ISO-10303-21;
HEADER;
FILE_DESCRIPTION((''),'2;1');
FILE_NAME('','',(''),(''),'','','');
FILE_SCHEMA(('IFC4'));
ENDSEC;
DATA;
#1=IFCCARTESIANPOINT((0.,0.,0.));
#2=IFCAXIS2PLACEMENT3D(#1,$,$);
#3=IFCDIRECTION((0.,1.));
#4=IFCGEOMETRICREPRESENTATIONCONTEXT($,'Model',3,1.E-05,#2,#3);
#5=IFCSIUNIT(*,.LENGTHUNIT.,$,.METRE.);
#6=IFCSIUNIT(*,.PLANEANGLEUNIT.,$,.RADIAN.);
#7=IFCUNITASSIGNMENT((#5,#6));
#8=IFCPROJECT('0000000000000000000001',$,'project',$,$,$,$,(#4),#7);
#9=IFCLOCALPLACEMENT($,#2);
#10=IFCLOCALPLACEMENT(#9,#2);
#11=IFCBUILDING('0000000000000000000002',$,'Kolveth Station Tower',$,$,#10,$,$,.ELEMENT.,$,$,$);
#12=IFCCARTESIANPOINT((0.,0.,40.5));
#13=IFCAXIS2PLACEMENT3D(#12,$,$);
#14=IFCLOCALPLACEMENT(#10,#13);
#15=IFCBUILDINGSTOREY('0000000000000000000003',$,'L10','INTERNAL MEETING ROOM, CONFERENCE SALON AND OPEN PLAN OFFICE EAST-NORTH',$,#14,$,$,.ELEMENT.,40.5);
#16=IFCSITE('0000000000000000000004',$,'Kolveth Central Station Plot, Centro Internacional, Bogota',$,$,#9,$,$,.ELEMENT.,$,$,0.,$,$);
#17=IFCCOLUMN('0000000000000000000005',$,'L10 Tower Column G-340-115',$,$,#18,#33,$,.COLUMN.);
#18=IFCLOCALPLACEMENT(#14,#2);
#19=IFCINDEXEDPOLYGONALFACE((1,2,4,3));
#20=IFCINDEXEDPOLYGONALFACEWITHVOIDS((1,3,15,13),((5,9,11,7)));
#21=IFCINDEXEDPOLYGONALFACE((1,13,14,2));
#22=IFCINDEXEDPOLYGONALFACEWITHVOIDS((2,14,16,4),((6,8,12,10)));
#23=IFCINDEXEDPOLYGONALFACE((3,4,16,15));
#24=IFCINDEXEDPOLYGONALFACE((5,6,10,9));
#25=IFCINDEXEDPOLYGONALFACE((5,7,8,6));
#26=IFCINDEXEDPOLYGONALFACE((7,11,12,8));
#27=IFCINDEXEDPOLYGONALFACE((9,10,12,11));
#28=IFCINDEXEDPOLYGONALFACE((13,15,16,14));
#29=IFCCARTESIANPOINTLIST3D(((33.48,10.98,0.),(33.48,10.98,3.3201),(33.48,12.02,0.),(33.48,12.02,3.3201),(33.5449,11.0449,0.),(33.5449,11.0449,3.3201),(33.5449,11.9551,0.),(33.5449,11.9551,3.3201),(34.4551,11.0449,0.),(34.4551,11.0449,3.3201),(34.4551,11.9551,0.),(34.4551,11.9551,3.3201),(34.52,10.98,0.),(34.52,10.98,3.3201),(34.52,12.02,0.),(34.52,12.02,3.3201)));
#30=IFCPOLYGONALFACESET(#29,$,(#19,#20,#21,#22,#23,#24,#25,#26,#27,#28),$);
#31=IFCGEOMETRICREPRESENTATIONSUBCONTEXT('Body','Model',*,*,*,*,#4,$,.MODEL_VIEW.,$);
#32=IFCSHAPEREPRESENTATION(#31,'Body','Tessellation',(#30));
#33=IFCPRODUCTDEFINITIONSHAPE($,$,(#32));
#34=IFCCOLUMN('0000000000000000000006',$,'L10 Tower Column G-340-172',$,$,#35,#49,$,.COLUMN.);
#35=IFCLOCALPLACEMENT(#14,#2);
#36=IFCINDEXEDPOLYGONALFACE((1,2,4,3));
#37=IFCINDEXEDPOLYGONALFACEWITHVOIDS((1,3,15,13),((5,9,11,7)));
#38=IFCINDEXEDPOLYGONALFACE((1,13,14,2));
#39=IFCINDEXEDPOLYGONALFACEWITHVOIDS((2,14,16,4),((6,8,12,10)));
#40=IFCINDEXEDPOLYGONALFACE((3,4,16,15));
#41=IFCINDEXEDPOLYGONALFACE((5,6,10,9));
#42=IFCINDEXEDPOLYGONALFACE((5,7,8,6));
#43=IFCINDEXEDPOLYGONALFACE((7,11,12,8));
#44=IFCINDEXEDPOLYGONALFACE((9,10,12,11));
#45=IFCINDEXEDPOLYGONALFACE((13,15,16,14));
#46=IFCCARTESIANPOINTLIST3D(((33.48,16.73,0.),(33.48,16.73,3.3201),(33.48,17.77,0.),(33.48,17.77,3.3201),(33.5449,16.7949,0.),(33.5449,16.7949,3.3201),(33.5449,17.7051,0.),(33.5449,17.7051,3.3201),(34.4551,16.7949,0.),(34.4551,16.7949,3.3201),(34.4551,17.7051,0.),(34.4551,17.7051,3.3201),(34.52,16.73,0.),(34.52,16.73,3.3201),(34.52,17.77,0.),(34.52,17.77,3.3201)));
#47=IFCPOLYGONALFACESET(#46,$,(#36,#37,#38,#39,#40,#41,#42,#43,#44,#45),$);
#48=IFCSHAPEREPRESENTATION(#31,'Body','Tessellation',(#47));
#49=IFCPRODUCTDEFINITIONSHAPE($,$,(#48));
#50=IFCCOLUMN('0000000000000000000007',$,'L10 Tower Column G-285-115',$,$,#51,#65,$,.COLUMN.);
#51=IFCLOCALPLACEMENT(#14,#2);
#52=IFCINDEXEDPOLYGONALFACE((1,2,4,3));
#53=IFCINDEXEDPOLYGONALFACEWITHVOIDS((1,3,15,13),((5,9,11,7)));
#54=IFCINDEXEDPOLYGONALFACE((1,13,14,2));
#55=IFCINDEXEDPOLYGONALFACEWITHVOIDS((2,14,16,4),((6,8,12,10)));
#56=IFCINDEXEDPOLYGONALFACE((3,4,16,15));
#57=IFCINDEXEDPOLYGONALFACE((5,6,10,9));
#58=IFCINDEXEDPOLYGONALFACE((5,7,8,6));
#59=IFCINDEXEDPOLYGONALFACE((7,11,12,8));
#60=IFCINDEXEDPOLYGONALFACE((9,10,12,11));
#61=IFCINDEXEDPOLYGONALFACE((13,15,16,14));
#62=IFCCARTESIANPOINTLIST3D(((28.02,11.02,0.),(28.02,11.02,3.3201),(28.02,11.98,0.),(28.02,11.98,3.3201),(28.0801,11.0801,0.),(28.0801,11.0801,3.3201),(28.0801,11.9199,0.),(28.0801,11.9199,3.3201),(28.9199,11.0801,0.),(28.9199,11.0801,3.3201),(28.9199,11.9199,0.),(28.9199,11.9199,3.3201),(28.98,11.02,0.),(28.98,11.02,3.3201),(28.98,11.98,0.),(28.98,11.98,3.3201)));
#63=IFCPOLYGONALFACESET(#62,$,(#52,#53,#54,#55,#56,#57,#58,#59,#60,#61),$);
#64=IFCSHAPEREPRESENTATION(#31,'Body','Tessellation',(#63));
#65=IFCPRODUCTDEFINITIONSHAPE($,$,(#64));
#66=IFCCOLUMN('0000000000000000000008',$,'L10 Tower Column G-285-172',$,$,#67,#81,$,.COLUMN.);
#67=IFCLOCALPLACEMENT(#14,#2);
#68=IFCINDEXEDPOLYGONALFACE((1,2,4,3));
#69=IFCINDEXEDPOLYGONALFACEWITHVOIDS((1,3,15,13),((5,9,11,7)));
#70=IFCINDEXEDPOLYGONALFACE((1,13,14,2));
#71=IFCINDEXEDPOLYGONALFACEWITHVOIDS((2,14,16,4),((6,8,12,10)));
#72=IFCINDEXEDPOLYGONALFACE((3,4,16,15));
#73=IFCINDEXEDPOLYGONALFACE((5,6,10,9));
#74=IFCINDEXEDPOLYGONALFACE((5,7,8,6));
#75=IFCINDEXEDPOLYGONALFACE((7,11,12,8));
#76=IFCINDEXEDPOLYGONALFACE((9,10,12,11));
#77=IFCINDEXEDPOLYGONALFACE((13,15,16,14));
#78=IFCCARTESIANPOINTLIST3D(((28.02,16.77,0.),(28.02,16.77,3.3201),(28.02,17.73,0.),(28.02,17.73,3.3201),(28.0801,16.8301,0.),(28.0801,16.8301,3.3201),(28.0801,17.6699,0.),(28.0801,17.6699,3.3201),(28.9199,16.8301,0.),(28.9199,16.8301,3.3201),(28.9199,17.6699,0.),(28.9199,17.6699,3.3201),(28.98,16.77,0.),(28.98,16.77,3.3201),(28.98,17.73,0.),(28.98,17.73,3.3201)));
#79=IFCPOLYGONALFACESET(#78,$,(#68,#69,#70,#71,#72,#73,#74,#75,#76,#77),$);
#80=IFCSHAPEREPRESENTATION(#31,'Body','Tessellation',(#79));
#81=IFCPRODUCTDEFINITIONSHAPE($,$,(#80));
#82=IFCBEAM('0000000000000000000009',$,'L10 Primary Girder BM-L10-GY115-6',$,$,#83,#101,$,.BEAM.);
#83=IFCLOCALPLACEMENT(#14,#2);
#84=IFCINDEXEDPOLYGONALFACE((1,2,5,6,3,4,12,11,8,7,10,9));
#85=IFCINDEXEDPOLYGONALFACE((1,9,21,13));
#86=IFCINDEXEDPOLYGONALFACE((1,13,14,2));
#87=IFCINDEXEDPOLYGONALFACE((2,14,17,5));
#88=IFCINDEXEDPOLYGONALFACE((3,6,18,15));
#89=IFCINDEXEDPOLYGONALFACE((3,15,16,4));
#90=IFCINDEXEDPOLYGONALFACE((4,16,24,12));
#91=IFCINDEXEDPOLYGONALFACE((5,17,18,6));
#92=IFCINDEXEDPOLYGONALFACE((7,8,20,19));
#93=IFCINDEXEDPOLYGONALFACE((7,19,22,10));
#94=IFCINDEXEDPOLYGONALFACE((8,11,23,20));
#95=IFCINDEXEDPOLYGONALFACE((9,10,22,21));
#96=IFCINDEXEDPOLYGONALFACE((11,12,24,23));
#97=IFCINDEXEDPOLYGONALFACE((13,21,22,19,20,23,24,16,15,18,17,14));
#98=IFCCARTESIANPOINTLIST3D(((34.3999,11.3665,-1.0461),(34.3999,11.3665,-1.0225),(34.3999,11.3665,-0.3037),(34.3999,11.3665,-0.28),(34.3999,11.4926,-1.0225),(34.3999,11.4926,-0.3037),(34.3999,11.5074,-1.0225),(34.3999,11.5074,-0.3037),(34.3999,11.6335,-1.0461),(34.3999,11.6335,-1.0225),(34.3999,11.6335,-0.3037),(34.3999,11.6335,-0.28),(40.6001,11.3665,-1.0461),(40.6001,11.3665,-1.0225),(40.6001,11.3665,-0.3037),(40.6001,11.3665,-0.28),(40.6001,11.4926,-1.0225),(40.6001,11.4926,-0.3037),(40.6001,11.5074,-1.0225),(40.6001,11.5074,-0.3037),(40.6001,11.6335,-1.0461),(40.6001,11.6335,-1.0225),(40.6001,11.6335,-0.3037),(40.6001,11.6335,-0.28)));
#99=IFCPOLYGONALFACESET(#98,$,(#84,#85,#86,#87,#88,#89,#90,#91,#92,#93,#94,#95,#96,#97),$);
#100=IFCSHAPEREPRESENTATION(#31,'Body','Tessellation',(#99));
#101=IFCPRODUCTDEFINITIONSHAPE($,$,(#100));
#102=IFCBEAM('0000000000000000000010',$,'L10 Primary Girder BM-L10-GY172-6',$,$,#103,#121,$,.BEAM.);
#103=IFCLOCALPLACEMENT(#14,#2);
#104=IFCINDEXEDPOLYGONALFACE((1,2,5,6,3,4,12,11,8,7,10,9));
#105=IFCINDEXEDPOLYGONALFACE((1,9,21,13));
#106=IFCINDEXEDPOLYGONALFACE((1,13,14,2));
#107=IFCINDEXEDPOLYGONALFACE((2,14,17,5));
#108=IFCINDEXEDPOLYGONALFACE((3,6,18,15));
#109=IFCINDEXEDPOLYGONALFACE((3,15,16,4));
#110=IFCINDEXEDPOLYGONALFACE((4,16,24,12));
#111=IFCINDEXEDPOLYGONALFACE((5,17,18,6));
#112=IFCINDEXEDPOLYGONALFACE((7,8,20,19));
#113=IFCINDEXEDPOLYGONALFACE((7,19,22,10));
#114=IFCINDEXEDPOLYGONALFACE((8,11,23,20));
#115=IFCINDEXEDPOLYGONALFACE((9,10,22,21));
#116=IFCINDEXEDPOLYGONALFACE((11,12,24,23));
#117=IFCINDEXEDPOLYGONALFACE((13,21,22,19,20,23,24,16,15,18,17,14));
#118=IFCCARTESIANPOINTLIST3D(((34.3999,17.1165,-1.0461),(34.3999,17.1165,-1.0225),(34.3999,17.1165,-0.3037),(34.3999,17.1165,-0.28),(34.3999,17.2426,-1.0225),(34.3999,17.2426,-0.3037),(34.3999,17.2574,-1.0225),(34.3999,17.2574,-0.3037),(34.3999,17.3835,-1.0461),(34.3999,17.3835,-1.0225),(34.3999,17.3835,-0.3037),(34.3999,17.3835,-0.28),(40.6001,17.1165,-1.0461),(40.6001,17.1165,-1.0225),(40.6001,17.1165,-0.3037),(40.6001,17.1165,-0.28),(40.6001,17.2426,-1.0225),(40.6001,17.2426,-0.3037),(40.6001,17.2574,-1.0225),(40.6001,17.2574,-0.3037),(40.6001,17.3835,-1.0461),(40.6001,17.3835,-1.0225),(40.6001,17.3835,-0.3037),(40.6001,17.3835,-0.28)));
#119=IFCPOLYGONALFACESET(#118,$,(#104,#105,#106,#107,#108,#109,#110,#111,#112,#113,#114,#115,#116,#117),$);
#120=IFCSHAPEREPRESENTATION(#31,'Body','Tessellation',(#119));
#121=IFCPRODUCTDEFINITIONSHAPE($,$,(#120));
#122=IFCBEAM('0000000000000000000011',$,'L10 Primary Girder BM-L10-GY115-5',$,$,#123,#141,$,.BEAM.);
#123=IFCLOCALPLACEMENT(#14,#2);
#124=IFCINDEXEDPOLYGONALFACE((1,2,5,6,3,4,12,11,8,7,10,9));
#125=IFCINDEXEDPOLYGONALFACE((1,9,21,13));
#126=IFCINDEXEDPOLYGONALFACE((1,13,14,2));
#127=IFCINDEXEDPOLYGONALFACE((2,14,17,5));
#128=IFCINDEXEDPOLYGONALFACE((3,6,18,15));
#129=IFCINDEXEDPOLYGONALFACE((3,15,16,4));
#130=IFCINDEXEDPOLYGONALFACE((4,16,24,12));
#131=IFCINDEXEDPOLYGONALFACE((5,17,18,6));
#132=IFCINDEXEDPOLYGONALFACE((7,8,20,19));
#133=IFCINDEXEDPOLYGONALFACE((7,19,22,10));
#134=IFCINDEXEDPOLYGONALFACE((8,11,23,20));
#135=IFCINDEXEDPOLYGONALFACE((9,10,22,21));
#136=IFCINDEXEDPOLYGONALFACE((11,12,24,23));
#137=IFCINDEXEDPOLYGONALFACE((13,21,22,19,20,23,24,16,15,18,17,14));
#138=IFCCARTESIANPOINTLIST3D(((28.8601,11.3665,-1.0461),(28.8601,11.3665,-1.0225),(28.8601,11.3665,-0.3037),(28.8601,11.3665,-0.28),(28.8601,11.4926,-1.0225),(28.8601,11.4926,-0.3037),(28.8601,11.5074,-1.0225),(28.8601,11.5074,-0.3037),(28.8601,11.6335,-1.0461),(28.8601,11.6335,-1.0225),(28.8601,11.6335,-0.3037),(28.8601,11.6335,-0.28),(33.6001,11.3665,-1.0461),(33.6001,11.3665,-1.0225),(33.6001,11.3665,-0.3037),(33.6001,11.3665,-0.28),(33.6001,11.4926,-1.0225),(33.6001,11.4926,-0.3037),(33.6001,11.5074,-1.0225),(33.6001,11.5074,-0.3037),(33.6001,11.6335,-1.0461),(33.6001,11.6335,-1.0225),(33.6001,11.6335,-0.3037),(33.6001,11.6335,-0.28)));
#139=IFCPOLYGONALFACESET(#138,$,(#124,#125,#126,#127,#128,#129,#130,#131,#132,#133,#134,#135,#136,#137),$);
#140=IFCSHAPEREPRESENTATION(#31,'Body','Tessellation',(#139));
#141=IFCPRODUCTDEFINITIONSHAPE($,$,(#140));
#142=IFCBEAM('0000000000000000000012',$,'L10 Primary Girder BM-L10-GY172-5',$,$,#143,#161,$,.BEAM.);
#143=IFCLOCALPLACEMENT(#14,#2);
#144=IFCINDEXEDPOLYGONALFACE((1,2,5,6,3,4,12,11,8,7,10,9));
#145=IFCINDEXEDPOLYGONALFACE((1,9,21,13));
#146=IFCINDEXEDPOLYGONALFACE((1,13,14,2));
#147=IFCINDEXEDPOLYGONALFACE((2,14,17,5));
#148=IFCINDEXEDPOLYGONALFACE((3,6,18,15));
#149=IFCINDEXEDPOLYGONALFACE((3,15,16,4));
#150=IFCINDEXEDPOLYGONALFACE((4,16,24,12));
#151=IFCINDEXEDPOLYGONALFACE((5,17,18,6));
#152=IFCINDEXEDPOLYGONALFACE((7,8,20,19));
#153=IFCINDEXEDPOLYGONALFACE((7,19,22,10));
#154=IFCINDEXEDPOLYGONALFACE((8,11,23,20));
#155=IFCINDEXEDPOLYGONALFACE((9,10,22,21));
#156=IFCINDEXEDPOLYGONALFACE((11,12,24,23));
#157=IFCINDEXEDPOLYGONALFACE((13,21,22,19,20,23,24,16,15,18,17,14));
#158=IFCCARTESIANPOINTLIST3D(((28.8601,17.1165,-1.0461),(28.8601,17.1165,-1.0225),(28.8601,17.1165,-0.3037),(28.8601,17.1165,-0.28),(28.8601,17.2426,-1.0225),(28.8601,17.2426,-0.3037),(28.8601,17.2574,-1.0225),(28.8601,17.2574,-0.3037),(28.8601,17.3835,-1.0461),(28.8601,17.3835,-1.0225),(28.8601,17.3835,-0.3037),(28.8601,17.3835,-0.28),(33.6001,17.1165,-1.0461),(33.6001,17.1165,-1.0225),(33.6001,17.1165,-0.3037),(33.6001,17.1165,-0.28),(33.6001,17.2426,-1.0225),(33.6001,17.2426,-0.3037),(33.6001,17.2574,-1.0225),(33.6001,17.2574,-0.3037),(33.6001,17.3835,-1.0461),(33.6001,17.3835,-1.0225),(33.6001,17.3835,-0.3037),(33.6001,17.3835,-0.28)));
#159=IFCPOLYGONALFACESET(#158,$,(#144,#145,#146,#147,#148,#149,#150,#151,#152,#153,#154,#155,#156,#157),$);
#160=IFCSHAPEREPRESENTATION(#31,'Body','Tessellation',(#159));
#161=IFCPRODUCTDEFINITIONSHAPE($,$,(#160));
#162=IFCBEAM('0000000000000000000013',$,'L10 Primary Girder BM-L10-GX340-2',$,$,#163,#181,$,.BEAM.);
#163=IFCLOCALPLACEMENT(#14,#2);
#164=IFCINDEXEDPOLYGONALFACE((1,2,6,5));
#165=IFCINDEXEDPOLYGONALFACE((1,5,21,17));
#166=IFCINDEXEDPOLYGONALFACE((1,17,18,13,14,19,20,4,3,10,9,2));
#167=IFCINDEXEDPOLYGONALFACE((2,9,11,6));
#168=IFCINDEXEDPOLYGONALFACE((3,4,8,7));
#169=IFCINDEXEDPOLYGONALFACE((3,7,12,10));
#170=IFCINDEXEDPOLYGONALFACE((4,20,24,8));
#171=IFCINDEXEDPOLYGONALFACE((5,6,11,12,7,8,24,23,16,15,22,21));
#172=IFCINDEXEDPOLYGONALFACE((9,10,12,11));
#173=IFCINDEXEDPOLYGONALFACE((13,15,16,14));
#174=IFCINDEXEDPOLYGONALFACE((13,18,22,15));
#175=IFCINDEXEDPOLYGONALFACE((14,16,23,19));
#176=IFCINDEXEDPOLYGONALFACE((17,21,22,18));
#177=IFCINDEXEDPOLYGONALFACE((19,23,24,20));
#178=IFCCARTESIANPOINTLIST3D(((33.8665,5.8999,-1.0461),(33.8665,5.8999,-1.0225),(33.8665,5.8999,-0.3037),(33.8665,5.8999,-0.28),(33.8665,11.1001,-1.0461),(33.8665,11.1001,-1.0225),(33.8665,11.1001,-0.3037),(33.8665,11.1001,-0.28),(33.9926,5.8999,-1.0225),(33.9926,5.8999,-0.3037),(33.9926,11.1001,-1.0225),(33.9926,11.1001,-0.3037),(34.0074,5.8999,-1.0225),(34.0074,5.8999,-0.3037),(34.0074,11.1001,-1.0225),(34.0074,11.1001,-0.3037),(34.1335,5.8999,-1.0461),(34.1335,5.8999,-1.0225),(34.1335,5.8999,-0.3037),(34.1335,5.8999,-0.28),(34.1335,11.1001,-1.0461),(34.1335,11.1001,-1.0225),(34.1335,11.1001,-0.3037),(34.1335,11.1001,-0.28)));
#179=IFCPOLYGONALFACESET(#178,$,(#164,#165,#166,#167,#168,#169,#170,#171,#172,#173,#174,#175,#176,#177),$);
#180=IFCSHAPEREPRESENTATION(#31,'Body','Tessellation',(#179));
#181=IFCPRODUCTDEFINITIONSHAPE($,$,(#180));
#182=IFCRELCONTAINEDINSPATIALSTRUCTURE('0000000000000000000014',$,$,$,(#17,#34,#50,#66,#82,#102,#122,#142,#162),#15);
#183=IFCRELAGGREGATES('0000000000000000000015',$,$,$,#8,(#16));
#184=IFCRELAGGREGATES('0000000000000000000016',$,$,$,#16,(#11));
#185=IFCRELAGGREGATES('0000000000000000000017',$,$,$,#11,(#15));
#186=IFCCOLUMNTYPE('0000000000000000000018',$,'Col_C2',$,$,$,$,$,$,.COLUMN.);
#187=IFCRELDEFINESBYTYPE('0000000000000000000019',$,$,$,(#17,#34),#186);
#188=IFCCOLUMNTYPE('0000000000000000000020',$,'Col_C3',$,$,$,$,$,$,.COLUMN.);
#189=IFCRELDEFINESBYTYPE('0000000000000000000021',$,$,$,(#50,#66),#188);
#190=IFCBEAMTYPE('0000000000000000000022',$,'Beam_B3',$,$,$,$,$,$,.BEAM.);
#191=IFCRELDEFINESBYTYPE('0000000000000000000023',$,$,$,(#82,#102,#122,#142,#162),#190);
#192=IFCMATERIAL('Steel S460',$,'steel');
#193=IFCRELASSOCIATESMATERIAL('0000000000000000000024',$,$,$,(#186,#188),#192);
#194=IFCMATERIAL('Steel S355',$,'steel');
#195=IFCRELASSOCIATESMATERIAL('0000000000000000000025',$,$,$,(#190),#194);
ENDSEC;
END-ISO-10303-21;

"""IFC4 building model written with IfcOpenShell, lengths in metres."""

from ifc_helpers import new_model, si_unit, direction, frame, origin, origin_2d, place, context, subcontext, project, spatial, hollow_rectangle, i_section, extrude, source, transform, mapped, material, material_profile, profile_set, type_object, element, save


model = new_model("IFC4")

# Units and contexts
model_context = context("Model", 3, precision=1e-05, world=origin(), true_north=direction((0.0, 1.0)))
body_context = subcontext(model_context, "Body", "Model", "MODEL_VIEW")
ifc_project = project(units=[si_unit("LENGTHUNIT", "METRE"), si_unit("PLANEANGLEUNIT", "RADIAN")], contexts=[model_context])

# Site, building, storey
site_placement = place(None, origin())
site = spatial("IfcSite", under=ifc_project, at=site_placement, Name="Kolveth Central Station Plot, Centro Internacional, Bogota", CompositionType="ELEMENT", RefElevation=0.0)
building_placement = place(site_placement, origin())
building = spatial("IfcBuilding", under=site, at=building_placement, Name="Kolveth Station Tower", CompositionType="ELEMENT")
storey_placement = place(building_placement, frame((0.0, 0.0, 40.5)))
storey = spatial("IfcBuildingStorey", under=building, at=storey_placement, Name="L10", Description="INTERNAL MEETING ROOM, CONFERENCE SALON AND OPEN PLAN OFFICE EAST-NORTH", CompositionType="ELEMENT", Elevation=40.5)

# Columns
ifc_material_1 = material(Name="Steel S460", Category="steel")
ifc_material_profile_1 = material_profile(ifc_material_1, hollow_rectangle(XDim=1.04, YDim=1.04, WallThickness=0.0649, at=origin_2d()), Name="BOX1040x1040x65")
ifc_profile_set_1 = profile_set([ifc_material_profile_1], Name="Steel S460")
column_type_1 = type_object("IfcColumnType", Name="Col_C2", PredefinedType="COLUMN", material=ifc_profile_set_1)
shared_shape_1 = source(origin(), body_context, "Body", "SweptSolid", [
    extrude(hollow_rectangle(XDim=1.04, YDim=1.04, WallThickness=0.0649, at=origin_2d()), origin(), (0.0, 0.0, 1.0), 3.3201),
])
for number, where, z_axis, x_axis, name in (
    (1, (34.0, 11.5, 0.0), (0.0, 0.0, 1.0), (1.0, 0.0, 0.0), "L10 Tower Column G-340-115"),
    (2, (34.0, 17.25, 0.0), (0.0, 0.0, 1.0), (1.0, 0.0, 0.0), "L10 Tower Column G-340-172"),
):
    element("IfcColumn", number, at=place(storey_placement, frame(where, z_axis=z_axis, x_axis=x_axis)), inside=storey, type_object=column_type_1, Name=name, PredefinedType="COLUMN", context=body_context, shape_type="MappedRepresentation", body=[
        mapped(shared_shape_1, transform((0.0, 0.0, 0.0), x_axis=(1.0, 0.0, 0.0), y_axis=(0.0, 1.0, 0.0), z_axis=(0.0, 0.0, 1.0), scale=1.0)),
    ])
ifc_material_profile_2 = material_profile(ifc_material_1, hollow_rectangle(XDim=0.96, YDim=0.96, WallThickness=0.0601, at=origin_2d()), Name="BOX960x960x60")
ifc_profile_set_2 = profile_set([ifc_material_profile_2], Name="Steel S460")
column_type_2 = type_object("IfcColumnType", Name="Col_C3", PredefinedType="COLUMN", material=ifc_profile_set_2)
shared_shape_2 = source(origin(), body_context, "Body", "SweptSolid", [
    extrude(hollow_rectangle(XDim=0.96, YDim=0.96, WallThickness=0.0601, at=origin_2d()), origin(), (0.0, 0.0, 1.0), 3.3201),
])
for number, where, z_axis, x_axis, name in (
    (3, (28.5, 11.5, 0.0), (0.0, 0.0, 1.0), (1.0, 0.0, 0.0), "L10 Tower Column G-285-115"),
    (4, (28.5, 17.25, 0.0), (0.0, 0.0, 1.0), (1.0, 0.0, 0.0), "L10 Tower Column G-285-172"),
):
    element("IfcColumn", number, at=place(storey_placement, frame(where, z_axis=z_axis, x_axis=x_axis)), inside=storey, type_object=column_type_2, Name=name, PredefinedType="COLUMN", context=body_context, shape_type="MappedRepresentation", body=[
        mapped(shared_shape_2, transform((0.0, 0.0, 0.0), x_axis=(1.0, 0.0, 0.0), y_axis=(0.0, 1.0, 0.0), z_axis=(0.0, 0.0, 1.0), scale=1.0)),
    ])

# Beams
ifc_material_2 = material(Name="Steel S355", Category="steel")
ifc_material_profile_3 = material_profile(ifc_material_2, i_section(OverallWidth=0.2671, OverallDepth=0.7661, WebThickness=0.0149, FlangeThickness=0.0237, at=origin_2d()), Name="W760x185")
ifc_profile_set_3 = profile_set([ifc_material_profile_3], Name="Steel S355")
beam_type_1 = type_object("IfcBeamType", Name="Beam_B3", PredefinedType="BEAM", material=ifc_profile_set_3)
shared_shape_3 = source(origin(), body_context, "Body", "SweptSolid", [
    extrude(i_section(OverallWidth=0.2671, OverallDepth=0.7661, WebThickness=0.0149, FlangeThickness=0.0237, at=origin_2d()), origin(), (0.0, 0.0, 1.0), 6.2002),
])
for number, where, z_axis, x_axis, name in (
    (5, (34.3999, 11.5, -0.6631), (1.0, 0.0, 0.0), (0.0, 1.0, 0.0), "L10 Primary Girder BM-L10-GY115-6"),
    (6, (34.3999, 17.25, -0.6631), (1.0, 0.0, 0.0), (0.0, 1.0, 0.0), "L10 Primary Girder BM-L10-GY172-6"),
):
    element("IfcBeam", number, at=place(storey_placement, frame(where, z_axis=z_axis, x_axis=x_axis)), inside=storey, type_object=beam_type_1, Name=name, PredefinedType="BEAM", context=body_context, shape_type="MappedRepresentation", body=[
        mapped(shared_shape_3, transform((0.0, 0.0, 0.0), x_axis=(1.0, 0.0, 0.0), y_axis=(0.0, 1.0, 0.0), z_axis=(0.0, 0.0, 1.0), scale=1.0)),
    ])
shared_shape_4 = source(origin(), body_context, "Body", "SweptSolid", [
    extrude(i_section(OverallWidth=0.2671, OverallDepth=0.7661, WebThickness=0.0149, FlangeThickness=0.0237, at=origin_2d()), origin(), (0.0, 0.0, 1.0), 4.74),
])
for number, where, z_axis, x_axis, name in (
    (7, (28.8601, 11.5, -0.6631), (1.0, 0.0, 0.0), (0.0, 1.0, 0.0), "L10 Primary Girder BM-L10-GY115-5"),
    (8, (28.8601, 17.25, -0.6631), (1.0, 0.0, 0.0), (0.0, 1.0, 0.0), "L10 Primary Girder BM-L10-GY172-5"),
):
    element("IfcBeam", number, at=place(storey_placement, frame(where, z_axis=z_axis, x_axis=x_axis)), inside=storey, type_object=beam_type_1, Name=name, PredefinedType="BEAM", context=body_context, shape_type="MappedRepresentation", body=[
        mapped(shared_shape_4, transform((0.0, 0.0, 0.0), x_axis=(1.0, 0.0, 0.0), y_axis=(0.0, 1.0, 0.0), z_axis=(0.0, 0.0, 1.0), scale=1.0)),
    ])
shared_shape_5 = source(origin(), body_context, "Body", "SweptSolid", [
    extrude(i_section(OverallWidth=0.2671, OverallDepth=0.7661, WebThickness=0.0149, FlangeThickness=0.0237, at=origin_2d()), origin(), (0.0, 0.0, 1.0), 5.2002),
])
beam_1_placement = place(storey_placement, frame((34.0, 5.8999, -0.6631), z_axis=(0.0, 1.0, 0.0), x_axis=(-1.0, 0.0, 0.0)))
element("IfcBeam", 9, at=beam_1_placement, inside=storey, type_object=beam_type_1, Name="L10 Primary Girder BM-L10-GX340-2", PredefinedType="BEAM", context=body_context, shape_type="MappedRepresentation", body=[
    mapped(shared_shape_5, transform((0.0, 0.0, 0.0), x_axis=(1.0, 0.0, 0.0), y_axis=(0.0, 1.0, 0.0), z_axis=(0.0, 0.0, 1.0), scale=1.0)),
])

save(model, "model.ifc")
